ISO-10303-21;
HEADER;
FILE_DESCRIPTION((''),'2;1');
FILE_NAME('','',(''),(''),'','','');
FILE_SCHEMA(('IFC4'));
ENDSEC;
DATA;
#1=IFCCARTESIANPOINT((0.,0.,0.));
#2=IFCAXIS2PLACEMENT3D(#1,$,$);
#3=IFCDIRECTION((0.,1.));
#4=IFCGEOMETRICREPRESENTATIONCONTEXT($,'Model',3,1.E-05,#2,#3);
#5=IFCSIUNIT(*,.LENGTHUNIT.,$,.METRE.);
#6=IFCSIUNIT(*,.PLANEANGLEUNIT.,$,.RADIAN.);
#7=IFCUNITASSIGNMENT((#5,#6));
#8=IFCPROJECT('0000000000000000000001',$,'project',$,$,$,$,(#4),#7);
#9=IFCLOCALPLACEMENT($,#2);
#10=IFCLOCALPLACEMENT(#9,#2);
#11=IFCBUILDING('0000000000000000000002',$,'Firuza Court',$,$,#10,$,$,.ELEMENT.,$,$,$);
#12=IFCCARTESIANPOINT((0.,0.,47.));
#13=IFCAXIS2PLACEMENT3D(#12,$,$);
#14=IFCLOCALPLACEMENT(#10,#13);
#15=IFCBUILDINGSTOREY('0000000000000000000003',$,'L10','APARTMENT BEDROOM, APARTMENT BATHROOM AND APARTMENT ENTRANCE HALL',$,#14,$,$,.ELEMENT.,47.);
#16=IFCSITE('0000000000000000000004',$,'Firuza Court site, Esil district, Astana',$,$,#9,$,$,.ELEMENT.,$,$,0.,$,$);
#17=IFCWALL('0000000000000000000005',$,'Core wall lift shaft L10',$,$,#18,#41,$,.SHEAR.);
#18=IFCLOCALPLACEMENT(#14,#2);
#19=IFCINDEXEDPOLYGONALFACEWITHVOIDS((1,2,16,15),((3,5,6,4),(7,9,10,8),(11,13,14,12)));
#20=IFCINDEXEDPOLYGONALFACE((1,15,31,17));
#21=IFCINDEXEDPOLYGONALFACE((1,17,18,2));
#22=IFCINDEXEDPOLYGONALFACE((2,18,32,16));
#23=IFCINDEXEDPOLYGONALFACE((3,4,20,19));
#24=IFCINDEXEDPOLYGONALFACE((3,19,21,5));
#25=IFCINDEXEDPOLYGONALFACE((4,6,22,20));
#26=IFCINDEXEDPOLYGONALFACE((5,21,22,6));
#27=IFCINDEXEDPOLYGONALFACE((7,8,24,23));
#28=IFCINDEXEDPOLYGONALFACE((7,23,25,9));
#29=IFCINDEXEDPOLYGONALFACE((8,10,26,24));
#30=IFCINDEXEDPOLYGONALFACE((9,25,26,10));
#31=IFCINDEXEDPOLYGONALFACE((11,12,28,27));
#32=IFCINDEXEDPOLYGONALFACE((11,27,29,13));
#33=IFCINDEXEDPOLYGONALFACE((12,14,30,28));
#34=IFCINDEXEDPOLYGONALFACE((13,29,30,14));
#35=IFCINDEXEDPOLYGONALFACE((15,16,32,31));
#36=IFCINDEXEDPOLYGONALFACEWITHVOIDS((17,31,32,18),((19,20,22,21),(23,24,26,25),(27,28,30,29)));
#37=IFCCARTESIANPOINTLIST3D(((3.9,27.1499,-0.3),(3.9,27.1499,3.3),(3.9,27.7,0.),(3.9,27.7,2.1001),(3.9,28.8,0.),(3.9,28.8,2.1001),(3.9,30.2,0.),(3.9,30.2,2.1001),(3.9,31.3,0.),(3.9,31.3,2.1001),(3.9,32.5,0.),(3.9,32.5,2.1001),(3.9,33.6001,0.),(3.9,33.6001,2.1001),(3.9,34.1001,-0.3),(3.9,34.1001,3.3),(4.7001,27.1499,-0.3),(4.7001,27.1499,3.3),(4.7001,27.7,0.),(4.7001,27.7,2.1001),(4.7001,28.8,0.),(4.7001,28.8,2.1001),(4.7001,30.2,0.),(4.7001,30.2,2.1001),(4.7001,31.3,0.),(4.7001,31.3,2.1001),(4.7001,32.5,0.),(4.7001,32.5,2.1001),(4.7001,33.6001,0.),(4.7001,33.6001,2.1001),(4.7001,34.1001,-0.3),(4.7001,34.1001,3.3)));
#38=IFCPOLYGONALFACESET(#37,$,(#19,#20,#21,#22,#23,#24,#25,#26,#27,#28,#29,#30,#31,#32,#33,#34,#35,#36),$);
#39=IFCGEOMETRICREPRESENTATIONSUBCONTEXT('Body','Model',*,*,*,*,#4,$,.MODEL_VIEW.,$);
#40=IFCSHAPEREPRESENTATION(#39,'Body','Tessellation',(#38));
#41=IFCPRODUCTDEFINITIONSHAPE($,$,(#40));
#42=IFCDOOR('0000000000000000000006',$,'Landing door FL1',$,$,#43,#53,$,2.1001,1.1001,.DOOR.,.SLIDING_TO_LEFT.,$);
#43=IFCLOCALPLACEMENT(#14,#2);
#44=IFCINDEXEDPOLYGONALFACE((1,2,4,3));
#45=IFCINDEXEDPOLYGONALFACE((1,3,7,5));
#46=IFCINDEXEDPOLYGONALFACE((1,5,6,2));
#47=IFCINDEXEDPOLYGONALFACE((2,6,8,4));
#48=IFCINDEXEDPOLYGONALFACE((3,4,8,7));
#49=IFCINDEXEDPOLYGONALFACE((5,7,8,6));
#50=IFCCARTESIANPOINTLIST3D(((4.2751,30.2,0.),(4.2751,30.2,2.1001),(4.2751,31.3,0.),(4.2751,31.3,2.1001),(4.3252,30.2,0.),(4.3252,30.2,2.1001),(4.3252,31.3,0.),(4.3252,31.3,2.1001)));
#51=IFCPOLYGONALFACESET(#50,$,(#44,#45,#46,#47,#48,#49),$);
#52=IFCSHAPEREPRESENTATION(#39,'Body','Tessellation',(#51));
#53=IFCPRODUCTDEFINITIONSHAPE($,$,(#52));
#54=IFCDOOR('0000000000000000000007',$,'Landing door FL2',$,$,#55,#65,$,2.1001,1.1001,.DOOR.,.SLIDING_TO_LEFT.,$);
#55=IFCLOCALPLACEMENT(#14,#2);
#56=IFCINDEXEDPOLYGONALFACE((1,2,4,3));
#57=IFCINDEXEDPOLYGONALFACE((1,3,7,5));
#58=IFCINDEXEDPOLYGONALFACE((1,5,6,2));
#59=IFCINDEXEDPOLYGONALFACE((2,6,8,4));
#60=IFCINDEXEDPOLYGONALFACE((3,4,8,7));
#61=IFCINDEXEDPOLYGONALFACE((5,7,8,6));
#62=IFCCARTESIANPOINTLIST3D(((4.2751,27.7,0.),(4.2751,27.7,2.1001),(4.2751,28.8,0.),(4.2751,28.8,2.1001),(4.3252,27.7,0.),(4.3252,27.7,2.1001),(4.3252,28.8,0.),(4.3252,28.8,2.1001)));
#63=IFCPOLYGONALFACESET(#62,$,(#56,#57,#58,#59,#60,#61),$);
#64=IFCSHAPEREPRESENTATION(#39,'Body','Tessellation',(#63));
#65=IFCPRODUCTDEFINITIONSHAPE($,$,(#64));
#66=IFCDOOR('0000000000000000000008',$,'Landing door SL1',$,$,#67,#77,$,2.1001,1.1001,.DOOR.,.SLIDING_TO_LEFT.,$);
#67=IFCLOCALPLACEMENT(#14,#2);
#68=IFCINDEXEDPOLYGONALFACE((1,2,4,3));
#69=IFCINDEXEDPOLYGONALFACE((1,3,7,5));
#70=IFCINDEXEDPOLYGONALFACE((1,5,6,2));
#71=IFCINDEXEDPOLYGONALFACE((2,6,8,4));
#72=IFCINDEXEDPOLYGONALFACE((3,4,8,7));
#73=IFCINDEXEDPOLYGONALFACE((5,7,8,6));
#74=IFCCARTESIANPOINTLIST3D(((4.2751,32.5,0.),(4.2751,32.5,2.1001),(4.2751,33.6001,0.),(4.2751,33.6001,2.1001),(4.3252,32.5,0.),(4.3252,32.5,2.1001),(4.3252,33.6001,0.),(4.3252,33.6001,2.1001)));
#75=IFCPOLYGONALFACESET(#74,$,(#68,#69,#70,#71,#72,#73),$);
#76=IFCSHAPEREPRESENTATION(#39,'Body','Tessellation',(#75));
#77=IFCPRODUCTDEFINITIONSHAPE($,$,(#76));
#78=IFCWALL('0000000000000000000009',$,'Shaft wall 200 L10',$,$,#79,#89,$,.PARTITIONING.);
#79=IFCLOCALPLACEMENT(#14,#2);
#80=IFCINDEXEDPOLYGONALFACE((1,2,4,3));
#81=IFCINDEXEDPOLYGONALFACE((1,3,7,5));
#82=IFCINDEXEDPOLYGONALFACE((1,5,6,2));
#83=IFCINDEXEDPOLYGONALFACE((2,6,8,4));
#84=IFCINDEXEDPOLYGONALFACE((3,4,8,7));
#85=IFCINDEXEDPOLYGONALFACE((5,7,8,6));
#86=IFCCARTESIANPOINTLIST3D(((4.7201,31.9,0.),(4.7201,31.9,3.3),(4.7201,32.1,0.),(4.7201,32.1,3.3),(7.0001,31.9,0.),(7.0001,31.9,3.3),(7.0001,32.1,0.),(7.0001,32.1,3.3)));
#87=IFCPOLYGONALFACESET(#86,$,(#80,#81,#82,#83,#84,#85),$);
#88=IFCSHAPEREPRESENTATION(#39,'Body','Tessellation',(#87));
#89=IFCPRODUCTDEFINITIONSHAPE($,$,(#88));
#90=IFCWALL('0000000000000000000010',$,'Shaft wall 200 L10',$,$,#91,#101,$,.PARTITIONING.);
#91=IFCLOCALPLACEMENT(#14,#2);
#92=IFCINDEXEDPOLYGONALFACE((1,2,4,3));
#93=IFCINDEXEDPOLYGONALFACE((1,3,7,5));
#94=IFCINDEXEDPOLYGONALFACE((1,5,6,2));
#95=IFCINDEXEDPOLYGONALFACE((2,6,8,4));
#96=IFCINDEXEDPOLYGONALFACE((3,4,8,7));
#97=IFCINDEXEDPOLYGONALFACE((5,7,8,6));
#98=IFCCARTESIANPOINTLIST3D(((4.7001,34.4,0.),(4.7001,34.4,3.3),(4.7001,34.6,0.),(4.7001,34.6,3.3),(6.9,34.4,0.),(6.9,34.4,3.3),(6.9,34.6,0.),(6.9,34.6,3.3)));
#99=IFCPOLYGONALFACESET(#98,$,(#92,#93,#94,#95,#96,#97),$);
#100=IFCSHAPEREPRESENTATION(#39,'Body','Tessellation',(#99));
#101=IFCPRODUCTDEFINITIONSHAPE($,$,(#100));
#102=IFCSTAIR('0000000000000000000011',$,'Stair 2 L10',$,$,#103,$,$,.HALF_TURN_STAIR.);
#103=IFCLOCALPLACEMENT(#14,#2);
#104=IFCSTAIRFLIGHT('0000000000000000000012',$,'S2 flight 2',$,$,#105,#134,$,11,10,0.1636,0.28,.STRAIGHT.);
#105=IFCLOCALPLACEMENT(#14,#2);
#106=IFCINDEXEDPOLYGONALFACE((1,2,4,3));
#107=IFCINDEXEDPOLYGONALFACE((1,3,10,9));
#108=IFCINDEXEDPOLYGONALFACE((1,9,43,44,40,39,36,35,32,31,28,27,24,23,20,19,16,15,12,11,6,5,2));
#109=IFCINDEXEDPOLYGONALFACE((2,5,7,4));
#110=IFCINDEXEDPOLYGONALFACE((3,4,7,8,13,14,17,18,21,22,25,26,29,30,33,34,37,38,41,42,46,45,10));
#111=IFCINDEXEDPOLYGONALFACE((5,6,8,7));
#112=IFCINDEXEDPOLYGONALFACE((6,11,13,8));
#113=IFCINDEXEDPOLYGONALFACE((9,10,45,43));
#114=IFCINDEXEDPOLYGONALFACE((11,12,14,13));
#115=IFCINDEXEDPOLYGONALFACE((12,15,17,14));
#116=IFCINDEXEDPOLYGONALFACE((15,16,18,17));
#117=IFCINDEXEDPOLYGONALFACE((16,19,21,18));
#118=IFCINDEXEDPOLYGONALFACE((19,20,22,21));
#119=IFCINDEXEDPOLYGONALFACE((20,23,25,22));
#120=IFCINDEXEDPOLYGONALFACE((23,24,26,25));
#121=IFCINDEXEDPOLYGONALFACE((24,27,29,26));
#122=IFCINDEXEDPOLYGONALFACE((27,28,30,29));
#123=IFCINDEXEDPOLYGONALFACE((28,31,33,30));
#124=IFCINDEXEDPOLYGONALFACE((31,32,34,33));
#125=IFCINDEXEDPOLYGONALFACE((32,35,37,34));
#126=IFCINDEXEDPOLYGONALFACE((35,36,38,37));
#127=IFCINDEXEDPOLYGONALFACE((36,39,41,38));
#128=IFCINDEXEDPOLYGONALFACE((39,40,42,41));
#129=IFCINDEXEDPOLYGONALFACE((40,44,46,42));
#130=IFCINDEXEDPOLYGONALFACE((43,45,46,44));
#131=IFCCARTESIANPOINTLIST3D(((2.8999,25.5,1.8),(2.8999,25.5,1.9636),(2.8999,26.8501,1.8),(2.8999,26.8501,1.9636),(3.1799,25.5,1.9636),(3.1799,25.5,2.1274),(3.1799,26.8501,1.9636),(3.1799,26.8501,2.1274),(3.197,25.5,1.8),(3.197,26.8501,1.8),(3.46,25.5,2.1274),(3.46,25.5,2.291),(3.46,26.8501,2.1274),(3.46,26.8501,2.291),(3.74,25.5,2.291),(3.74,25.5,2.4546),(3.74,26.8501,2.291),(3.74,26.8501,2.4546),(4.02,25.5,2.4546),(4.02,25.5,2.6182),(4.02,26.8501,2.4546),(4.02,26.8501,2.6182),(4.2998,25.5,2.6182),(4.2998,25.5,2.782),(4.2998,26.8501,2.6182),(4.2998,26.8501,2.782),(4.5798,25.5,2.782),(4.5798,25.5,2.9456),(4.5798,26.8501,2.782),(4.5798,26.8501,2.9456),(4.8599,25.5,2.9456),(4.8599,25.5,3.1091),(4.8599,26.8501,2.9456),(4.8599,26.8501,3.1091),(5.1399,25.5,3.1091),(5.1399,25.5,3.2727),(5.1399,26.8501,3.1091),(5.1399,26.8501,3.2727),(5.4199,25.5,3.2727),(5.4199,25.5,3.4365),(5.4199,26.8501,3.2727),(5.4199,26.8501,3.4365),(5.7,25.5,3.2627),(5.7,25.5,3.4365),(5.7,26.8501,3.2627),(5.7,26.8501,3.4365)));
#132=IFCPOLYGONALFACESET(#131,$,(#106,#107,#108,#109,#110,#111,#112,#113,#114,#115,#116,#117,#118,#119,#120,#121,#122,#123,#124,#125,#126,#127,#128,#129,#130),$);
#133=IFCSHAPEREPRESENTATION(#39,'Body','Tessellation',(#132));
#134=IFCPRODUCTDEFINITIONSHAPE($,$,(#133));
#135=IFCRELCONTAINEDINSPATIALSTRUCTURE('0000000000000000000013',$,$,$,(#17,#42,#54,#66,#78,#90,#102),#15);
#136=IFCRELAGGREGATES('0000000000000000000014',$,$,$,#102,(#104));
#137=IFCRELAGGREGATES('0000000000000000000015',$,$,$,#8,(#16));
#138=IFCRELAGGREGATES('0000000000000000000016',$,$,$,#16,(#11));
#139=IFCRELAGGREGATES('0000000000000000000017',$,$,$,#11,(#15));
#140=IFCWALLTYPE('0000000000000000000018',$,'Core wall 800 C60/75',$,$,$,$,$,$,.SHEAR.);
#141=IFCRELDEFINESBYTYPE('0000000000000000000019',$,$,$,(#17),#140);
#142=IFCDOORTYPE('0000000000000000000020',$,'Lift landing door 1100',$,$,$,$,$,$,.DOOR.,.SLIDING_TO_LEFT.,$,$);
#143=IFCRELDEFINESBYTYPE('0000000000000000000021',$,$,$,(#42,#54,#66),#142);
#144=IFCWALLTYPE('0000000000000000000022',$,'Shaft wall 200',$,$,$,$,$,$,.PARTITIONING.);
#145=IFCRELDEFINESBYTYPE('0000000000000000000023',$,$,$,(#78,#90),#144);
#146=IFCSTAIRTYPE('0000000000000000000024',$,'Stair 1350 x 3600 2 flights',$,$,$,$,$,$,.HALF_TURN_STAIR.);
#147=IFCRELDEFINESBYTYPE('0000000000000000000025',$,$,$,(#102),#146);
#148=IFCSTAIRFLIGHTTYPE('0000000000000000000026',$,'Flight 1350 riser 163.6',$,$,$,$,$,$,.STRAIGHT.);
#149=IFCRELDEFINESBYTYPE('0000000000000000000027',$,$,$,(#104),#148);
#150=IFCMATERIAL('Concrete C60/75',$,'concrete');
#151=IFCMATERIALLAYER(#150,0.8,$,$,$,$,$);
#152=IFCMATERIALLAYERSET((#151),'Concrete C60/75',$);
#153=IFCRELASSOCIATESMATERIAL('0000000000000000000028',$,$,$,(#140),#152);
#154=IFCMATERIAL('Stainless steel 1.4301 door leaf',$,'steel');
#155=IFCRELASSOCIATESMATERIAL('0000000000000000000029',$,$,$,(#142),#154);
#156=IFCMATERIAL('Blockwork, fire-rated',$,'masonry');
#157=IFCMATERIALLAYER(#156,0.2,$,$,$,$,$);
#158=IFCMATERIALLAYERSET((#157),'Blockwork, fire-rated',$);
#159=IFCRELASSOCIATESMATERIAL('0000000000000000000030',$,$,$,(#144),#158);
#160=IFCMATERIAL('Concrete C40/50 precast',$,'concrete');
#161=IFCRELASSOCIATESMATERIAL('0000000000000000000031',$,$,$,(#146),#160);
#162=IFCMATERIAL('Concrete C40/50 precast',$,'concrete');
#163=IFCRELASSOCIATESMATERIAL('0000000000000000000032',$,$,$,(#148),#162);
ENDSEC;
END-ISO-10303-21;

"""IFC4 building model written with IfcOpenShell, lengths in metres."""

from ifc_helpers import new_model, si_unit, direction, frame, frame_2d, origin, place, context, subcontext, project, spatial, polyline, rectangle, outline, extrude, material, layer, layer_set, type_object, element, fill, aggregate, save


model = new_model("IFC4")

# Units and contexts
model_context = context("Model", 3, precision=1e-05, world=origin(), true_north=direction((0.0, 1.0)))
body_context = subcontext(model_context, "Body", "Model", "MODEL_VIEW")
ifc_project = project(units=[si_unit("LENGTHUNIT", "METRE"), si_unit("PLANEANGLEUNIT", "RADIAN")], contexts=[model_context])

# Site, building, storey
site_placement = place(None, origin())
site = spatial("IfcSite", under=ifc_project, at=site_placement, Name="Firuza Court site, Esil district, Astana", CompositionType="ELEMENT", RefElevation=0.0)
building_placement = place(site_placement, origin())
building = spatial("IfcBuilding", under=site, at=building_placement, Name="Firuza Court", CompositionType="ELEMENT")
storey_placement = place(building_placement, frame((0.0, 0.0, 47.0)))
storey = spatial("IfcBuildingStorey", under=building, at=storey_placement, Name="L10", Description="APARTMENT BEDROOM, APARTMENT BATHROOM AND APARTMENT ENTRANCE HALL", CompositionType="ELEMENT", Elevation=47.0)

# Shared definitions
ifc_material_1 = material(Name="Concrete C60/75", Category="concrete")

# Shared definitions
ifc_layer_1 = layer(ifc_material_1, 0.8)
ifc_layer_set_1 = layer_set([ifc_layer_1], Name="Concrete C60/75")
wall_type_1 = type_object("IfcWallType", Name="Core wall 800 C60/75", PredefinedType="SHEAR", material=ifc_layer_set_1)

# Wall, openings, doors
wall_1_placement = place(storey_placement, frame((4.3, 27.1499, -0.3), z_axis=(0.0, 0.0, 1.0), x_axis=(0.0, 1.0, 0.0)))
wall_1 = element("IfcWall", 1, at=wall_1_placement, inside=storey, type_object=wall_type_1, Name="Core wall lift shaft L10", PredefinedType="SHEAR", context=body_context, shape_type="SweptSolid", body=[
    extrude(rectangle(XDim=6.9502, YDim=0.8, at=frame_2d((3.4751, 0.0))), origin(), (0.0, 0.0, 1.0), 3.6001),
])
opening_1_placement = place(wall_1_placement, frame((3.05, 0.0, 0.3)))
opening_1 = element("IfcOpeningElement", 2, at=opening_1_placement, cuts=wall_1, PredefinedType="OPENING", context=body_context, shape_type="SweptSolid", body=[
    extrude(rectangle(XDim=1.1001, YDim=2.1001, at=frame_2d((0.55, 1.05))), frame((0.0, 0.4121, 0.0), z_axis=(0.0, -1.0, 0.0), x_axis=(1.0, 0.0, 0.0)), (0.0, 0.0, 1.0), 0.824),
])
opening_2_placement = place(wall_1_placement, frame((0.55, 0.0, 0.3)))
opening_2 = element("IfcOpeningElement", 3, at=opening_2_placement, cuts=wall_1, PredefinedType="OPENING", context=body_context, shape_type="SweptSolid", body=[
    extrude(rectangle(XDim=1.1001, YDim=2.1001, at=frame_2d((0.55, 1.05))), frame((0.0, 0.4121, 0.0), z_axis=(0.0, -1.0, 0.0), x_axis=(1.0, 0.0, 0.0)), (0.0, 0.0, 1.0), 0.824),
])
opening_3_placement = place(wall_1_placement, frame((5.3501, 0.0, 0.3)))
opening_3 = element("IfcOpeningElement", 4, at=opening_3_placement, cuts=wall_1, PredefinedType="OPENING", context=body_context, shape_type="SweptSolid", body=[
    extrude(rectangle(XDim=1.1001, YDim=2.1001, at=frame_2d((0.55, 1.05))), frame((0.0, 0.4121, 0.0), z_axis=(0.0, -1.0, 0.0), x_axis=(1.0, 0.0, 0.0)), (0.0, 0.0, 1.0), 0.824),
])
ifc_material_2 = material(Name="Stainless steel 1.4301 door leaf", Category="steel")
door_type_1 = type_object("IfcDoorType", Name="Lift landing door 1100", OperationType="SLIDING_TO_LEFT", PredefinedType="DOOR", material=ifc_material_2)
door_1_placement = place(opening_1_placement, origin())
door_1 = element("IfcDoor", 5, at=door_1_placement, inside=storey, type_object=door_type_1, Name="Landing door FL1", OperationType="SLIDING_TO_LEFT", OverallHeight=2.1001, OverallWidth=1.1001, PredefinedType="DOOR", context=body_context, shape_type="SweptSolid", body=[
    extrude(rectangle(XDim=1.1001, YDim=2.1001, at=frame_2d((0.55, 1.05))), frame((0.0, 0.0249, 0.0), z_axis=(0.0, -1.0, 0.0), x_axis=(1.0, 0.0, 0.0)), (0.0, 0.0, 1.0), 0.05),
])
fill(opening_1, door_1)
door_2_placement = place(opening_2_placement, origin())
door_2 = element("IfcDoor", 6, at=door_2_placement, inside=storey, type_object=door_type_1, Name="Landing door FL2", OperationType="SLIDING_TO_LEFT", OverallHeight=2.1001, OverallWidth=1.1001, PredefinedType="DOOR", context=body_context, shape_type="SweptSolid", body=[
    extrude(rectangle(XDim=1.1001, YDim=2.1001, at=frame_2d((0.55, 1.05))), frame((0.0, 0.0249, 0.0), z_axis=(0.0, -1.0, 0.0), x_axis=(1.0, 0.0, 0.0)), (0.0, 0.0, 1.0), 0.05),
])
fill(opening_2, door_2)
door_3_placement = place(opening_3_placement, origin())
door_3 = element("IfcDoor", 7, at=door_3_placement, inside=storey, type_object=door_type_1, Name="Landing door SL1", OperationType="SLIDING_TO_LEFT", OverallHeight=2.1001, OverallWidth=1.1001, PredefinedType="DOOR", context=body_context, shape_type="SweptSolid", body=[
    extrude(rectangle(XDim=1.1001, YDim=2.1001, at=frame_2d((0.55, 1.05))), frame((0.0, 0.0249, 0.0), z_axis=(0.0, -1.0, 0.0), x_axis=(1.0, 0.0, 0.0)), (0.0, 0.0, 1.0), 0.05),
])
fill(opening_3, door_3)

# Walls
ifc_material_3 = material(Name="Blockwork, fire-rated", Category="masonry")
ifc_layer_2 = layer(ifc_material_3, 0.2)
ifc_layer_set_2 = layer_set([ifc_layer_2], Name="Blockwork, fire-rated")
wall_type_2 = type_object("IfcWallType", Name="Shaft wall 200", PredefinedType="PARTITIONING", material=ifc_layer_set_2)
wall_2_placement = place(storey_placement, frame((4.72, 32.0, 0.0), z_axis=(0.0, 0.0, 1.0), x_axis=(1.0, 0.0, 0.0)))
element("IfcWall", 8, at=wall_2_placement, inside=storey, type_object=wall_type_2, Name="Shaft wall 200 L10", PredefinedType="PARTITIONING", context=body_context, shape_type="SweptSolid", body=[
    extrude(rectangle(XDim=2.28, YDim=0.2, at=frame_2d((1.1401, 0.0))), origin(), (0.0, 0.0, 1.0), 3.3),
])
wall_3_placement = place(storey_placement, frame((4.7, 34.5, 0.0), z_axis=(0.0, 0.0, 1.0), x_axis=(1.0, 0.0, 0.0)))
element("IfcWall", 9, at=wall_3_placement, inside=storey, type_object=wall_type_2, Name="Shaft wall 200 L10", PredefinedType="PARTITIONING", context=body_context, shape_type="SweptSolid", body=[
    extrude(rectangle(XDim=2.2, YDim=0.2, at=frame_2d((1.1001, 0.0))), origin(), (0.0, 0.0, 1.0), 3.3),
])

# Stair, stair flight
ifc_material_4 = material(Name="Concrete C40/50 precast", Category="concrete")
stair_type = type_object("IfcStairType", Name="Stair 1350 x 3600 2 flights", PredefinedType="HALF_TURN_STAIR", material=ifc_material_4)
stair_placement = place(storey_placement, origin())
stair = element("IfcStair", 10, at=stair_placement, inside=storey, type_object=stair_type, Name="Stair 2 L10", PredefinedType="HALF_TURN_STAIR")
ifc_material_5 = material(Name="Concrete C40/50 precast", Category="concrete")
stair_flight_type = type_object("IfcStairFlightType", Name="Flight 1350 riser 163.6", PredefinedType="STRAIGHT", material=ifc_material_5)
stair_flight_placement = place(storey_placement, frame((2.8999, 26.175, 1.8), z_axis=(0.0, 0.0, 1.0), x_axis=(1.0, 0.0, 0.0)))
stair_flight = element("IfcStairFlight", 11, at=stair_flight_placement, type_object=stair_flight_type, Name="S2 flight 2", NumberOfRisers=11, NumberOfTreads=10, PredefinedType="STRAIGHT", RiserHeight=0.1636, TreadLength=0.28, context=body_context, shape_type="SweptSolid", body=[
    extrude(outline(polyline([(0.0, 0.0), (0.0, 0.1636), (0.28, 0.1636), (0.28, 0.3274), (0.5601, 0.3274), (0.5601, 0.491), (0.8401, 0.491), (0.8401, 0.6545), (1.1201, 0.6545), (1.1201, 0.8181), (1.3999, 0.8181), (1.3999, 0.9819), (1.6799, 0.9819), (1.6799, 1.1455), (1.96, 1.1455), (1.96, 1.3091), (2.24, 1.3091), (2.24, 1.4727), (2.52, 1.4727), (2.52, 1.6365), (2.8, 1.6365), (2.8, 1.8), (2.8, 1.4626), (0.2971, 0.0), (0.0, 0.0)])), frame((0.0, 0.675, 0.0), z_axis=(0.0, -1.0, 0.0), x_axis=(1.0, 0.0, 0.0)), (0.0, 0.0, 1.0), 1.3501),
])
aggregate(stair, [stair_flight])

save(model, "model.ifc")
